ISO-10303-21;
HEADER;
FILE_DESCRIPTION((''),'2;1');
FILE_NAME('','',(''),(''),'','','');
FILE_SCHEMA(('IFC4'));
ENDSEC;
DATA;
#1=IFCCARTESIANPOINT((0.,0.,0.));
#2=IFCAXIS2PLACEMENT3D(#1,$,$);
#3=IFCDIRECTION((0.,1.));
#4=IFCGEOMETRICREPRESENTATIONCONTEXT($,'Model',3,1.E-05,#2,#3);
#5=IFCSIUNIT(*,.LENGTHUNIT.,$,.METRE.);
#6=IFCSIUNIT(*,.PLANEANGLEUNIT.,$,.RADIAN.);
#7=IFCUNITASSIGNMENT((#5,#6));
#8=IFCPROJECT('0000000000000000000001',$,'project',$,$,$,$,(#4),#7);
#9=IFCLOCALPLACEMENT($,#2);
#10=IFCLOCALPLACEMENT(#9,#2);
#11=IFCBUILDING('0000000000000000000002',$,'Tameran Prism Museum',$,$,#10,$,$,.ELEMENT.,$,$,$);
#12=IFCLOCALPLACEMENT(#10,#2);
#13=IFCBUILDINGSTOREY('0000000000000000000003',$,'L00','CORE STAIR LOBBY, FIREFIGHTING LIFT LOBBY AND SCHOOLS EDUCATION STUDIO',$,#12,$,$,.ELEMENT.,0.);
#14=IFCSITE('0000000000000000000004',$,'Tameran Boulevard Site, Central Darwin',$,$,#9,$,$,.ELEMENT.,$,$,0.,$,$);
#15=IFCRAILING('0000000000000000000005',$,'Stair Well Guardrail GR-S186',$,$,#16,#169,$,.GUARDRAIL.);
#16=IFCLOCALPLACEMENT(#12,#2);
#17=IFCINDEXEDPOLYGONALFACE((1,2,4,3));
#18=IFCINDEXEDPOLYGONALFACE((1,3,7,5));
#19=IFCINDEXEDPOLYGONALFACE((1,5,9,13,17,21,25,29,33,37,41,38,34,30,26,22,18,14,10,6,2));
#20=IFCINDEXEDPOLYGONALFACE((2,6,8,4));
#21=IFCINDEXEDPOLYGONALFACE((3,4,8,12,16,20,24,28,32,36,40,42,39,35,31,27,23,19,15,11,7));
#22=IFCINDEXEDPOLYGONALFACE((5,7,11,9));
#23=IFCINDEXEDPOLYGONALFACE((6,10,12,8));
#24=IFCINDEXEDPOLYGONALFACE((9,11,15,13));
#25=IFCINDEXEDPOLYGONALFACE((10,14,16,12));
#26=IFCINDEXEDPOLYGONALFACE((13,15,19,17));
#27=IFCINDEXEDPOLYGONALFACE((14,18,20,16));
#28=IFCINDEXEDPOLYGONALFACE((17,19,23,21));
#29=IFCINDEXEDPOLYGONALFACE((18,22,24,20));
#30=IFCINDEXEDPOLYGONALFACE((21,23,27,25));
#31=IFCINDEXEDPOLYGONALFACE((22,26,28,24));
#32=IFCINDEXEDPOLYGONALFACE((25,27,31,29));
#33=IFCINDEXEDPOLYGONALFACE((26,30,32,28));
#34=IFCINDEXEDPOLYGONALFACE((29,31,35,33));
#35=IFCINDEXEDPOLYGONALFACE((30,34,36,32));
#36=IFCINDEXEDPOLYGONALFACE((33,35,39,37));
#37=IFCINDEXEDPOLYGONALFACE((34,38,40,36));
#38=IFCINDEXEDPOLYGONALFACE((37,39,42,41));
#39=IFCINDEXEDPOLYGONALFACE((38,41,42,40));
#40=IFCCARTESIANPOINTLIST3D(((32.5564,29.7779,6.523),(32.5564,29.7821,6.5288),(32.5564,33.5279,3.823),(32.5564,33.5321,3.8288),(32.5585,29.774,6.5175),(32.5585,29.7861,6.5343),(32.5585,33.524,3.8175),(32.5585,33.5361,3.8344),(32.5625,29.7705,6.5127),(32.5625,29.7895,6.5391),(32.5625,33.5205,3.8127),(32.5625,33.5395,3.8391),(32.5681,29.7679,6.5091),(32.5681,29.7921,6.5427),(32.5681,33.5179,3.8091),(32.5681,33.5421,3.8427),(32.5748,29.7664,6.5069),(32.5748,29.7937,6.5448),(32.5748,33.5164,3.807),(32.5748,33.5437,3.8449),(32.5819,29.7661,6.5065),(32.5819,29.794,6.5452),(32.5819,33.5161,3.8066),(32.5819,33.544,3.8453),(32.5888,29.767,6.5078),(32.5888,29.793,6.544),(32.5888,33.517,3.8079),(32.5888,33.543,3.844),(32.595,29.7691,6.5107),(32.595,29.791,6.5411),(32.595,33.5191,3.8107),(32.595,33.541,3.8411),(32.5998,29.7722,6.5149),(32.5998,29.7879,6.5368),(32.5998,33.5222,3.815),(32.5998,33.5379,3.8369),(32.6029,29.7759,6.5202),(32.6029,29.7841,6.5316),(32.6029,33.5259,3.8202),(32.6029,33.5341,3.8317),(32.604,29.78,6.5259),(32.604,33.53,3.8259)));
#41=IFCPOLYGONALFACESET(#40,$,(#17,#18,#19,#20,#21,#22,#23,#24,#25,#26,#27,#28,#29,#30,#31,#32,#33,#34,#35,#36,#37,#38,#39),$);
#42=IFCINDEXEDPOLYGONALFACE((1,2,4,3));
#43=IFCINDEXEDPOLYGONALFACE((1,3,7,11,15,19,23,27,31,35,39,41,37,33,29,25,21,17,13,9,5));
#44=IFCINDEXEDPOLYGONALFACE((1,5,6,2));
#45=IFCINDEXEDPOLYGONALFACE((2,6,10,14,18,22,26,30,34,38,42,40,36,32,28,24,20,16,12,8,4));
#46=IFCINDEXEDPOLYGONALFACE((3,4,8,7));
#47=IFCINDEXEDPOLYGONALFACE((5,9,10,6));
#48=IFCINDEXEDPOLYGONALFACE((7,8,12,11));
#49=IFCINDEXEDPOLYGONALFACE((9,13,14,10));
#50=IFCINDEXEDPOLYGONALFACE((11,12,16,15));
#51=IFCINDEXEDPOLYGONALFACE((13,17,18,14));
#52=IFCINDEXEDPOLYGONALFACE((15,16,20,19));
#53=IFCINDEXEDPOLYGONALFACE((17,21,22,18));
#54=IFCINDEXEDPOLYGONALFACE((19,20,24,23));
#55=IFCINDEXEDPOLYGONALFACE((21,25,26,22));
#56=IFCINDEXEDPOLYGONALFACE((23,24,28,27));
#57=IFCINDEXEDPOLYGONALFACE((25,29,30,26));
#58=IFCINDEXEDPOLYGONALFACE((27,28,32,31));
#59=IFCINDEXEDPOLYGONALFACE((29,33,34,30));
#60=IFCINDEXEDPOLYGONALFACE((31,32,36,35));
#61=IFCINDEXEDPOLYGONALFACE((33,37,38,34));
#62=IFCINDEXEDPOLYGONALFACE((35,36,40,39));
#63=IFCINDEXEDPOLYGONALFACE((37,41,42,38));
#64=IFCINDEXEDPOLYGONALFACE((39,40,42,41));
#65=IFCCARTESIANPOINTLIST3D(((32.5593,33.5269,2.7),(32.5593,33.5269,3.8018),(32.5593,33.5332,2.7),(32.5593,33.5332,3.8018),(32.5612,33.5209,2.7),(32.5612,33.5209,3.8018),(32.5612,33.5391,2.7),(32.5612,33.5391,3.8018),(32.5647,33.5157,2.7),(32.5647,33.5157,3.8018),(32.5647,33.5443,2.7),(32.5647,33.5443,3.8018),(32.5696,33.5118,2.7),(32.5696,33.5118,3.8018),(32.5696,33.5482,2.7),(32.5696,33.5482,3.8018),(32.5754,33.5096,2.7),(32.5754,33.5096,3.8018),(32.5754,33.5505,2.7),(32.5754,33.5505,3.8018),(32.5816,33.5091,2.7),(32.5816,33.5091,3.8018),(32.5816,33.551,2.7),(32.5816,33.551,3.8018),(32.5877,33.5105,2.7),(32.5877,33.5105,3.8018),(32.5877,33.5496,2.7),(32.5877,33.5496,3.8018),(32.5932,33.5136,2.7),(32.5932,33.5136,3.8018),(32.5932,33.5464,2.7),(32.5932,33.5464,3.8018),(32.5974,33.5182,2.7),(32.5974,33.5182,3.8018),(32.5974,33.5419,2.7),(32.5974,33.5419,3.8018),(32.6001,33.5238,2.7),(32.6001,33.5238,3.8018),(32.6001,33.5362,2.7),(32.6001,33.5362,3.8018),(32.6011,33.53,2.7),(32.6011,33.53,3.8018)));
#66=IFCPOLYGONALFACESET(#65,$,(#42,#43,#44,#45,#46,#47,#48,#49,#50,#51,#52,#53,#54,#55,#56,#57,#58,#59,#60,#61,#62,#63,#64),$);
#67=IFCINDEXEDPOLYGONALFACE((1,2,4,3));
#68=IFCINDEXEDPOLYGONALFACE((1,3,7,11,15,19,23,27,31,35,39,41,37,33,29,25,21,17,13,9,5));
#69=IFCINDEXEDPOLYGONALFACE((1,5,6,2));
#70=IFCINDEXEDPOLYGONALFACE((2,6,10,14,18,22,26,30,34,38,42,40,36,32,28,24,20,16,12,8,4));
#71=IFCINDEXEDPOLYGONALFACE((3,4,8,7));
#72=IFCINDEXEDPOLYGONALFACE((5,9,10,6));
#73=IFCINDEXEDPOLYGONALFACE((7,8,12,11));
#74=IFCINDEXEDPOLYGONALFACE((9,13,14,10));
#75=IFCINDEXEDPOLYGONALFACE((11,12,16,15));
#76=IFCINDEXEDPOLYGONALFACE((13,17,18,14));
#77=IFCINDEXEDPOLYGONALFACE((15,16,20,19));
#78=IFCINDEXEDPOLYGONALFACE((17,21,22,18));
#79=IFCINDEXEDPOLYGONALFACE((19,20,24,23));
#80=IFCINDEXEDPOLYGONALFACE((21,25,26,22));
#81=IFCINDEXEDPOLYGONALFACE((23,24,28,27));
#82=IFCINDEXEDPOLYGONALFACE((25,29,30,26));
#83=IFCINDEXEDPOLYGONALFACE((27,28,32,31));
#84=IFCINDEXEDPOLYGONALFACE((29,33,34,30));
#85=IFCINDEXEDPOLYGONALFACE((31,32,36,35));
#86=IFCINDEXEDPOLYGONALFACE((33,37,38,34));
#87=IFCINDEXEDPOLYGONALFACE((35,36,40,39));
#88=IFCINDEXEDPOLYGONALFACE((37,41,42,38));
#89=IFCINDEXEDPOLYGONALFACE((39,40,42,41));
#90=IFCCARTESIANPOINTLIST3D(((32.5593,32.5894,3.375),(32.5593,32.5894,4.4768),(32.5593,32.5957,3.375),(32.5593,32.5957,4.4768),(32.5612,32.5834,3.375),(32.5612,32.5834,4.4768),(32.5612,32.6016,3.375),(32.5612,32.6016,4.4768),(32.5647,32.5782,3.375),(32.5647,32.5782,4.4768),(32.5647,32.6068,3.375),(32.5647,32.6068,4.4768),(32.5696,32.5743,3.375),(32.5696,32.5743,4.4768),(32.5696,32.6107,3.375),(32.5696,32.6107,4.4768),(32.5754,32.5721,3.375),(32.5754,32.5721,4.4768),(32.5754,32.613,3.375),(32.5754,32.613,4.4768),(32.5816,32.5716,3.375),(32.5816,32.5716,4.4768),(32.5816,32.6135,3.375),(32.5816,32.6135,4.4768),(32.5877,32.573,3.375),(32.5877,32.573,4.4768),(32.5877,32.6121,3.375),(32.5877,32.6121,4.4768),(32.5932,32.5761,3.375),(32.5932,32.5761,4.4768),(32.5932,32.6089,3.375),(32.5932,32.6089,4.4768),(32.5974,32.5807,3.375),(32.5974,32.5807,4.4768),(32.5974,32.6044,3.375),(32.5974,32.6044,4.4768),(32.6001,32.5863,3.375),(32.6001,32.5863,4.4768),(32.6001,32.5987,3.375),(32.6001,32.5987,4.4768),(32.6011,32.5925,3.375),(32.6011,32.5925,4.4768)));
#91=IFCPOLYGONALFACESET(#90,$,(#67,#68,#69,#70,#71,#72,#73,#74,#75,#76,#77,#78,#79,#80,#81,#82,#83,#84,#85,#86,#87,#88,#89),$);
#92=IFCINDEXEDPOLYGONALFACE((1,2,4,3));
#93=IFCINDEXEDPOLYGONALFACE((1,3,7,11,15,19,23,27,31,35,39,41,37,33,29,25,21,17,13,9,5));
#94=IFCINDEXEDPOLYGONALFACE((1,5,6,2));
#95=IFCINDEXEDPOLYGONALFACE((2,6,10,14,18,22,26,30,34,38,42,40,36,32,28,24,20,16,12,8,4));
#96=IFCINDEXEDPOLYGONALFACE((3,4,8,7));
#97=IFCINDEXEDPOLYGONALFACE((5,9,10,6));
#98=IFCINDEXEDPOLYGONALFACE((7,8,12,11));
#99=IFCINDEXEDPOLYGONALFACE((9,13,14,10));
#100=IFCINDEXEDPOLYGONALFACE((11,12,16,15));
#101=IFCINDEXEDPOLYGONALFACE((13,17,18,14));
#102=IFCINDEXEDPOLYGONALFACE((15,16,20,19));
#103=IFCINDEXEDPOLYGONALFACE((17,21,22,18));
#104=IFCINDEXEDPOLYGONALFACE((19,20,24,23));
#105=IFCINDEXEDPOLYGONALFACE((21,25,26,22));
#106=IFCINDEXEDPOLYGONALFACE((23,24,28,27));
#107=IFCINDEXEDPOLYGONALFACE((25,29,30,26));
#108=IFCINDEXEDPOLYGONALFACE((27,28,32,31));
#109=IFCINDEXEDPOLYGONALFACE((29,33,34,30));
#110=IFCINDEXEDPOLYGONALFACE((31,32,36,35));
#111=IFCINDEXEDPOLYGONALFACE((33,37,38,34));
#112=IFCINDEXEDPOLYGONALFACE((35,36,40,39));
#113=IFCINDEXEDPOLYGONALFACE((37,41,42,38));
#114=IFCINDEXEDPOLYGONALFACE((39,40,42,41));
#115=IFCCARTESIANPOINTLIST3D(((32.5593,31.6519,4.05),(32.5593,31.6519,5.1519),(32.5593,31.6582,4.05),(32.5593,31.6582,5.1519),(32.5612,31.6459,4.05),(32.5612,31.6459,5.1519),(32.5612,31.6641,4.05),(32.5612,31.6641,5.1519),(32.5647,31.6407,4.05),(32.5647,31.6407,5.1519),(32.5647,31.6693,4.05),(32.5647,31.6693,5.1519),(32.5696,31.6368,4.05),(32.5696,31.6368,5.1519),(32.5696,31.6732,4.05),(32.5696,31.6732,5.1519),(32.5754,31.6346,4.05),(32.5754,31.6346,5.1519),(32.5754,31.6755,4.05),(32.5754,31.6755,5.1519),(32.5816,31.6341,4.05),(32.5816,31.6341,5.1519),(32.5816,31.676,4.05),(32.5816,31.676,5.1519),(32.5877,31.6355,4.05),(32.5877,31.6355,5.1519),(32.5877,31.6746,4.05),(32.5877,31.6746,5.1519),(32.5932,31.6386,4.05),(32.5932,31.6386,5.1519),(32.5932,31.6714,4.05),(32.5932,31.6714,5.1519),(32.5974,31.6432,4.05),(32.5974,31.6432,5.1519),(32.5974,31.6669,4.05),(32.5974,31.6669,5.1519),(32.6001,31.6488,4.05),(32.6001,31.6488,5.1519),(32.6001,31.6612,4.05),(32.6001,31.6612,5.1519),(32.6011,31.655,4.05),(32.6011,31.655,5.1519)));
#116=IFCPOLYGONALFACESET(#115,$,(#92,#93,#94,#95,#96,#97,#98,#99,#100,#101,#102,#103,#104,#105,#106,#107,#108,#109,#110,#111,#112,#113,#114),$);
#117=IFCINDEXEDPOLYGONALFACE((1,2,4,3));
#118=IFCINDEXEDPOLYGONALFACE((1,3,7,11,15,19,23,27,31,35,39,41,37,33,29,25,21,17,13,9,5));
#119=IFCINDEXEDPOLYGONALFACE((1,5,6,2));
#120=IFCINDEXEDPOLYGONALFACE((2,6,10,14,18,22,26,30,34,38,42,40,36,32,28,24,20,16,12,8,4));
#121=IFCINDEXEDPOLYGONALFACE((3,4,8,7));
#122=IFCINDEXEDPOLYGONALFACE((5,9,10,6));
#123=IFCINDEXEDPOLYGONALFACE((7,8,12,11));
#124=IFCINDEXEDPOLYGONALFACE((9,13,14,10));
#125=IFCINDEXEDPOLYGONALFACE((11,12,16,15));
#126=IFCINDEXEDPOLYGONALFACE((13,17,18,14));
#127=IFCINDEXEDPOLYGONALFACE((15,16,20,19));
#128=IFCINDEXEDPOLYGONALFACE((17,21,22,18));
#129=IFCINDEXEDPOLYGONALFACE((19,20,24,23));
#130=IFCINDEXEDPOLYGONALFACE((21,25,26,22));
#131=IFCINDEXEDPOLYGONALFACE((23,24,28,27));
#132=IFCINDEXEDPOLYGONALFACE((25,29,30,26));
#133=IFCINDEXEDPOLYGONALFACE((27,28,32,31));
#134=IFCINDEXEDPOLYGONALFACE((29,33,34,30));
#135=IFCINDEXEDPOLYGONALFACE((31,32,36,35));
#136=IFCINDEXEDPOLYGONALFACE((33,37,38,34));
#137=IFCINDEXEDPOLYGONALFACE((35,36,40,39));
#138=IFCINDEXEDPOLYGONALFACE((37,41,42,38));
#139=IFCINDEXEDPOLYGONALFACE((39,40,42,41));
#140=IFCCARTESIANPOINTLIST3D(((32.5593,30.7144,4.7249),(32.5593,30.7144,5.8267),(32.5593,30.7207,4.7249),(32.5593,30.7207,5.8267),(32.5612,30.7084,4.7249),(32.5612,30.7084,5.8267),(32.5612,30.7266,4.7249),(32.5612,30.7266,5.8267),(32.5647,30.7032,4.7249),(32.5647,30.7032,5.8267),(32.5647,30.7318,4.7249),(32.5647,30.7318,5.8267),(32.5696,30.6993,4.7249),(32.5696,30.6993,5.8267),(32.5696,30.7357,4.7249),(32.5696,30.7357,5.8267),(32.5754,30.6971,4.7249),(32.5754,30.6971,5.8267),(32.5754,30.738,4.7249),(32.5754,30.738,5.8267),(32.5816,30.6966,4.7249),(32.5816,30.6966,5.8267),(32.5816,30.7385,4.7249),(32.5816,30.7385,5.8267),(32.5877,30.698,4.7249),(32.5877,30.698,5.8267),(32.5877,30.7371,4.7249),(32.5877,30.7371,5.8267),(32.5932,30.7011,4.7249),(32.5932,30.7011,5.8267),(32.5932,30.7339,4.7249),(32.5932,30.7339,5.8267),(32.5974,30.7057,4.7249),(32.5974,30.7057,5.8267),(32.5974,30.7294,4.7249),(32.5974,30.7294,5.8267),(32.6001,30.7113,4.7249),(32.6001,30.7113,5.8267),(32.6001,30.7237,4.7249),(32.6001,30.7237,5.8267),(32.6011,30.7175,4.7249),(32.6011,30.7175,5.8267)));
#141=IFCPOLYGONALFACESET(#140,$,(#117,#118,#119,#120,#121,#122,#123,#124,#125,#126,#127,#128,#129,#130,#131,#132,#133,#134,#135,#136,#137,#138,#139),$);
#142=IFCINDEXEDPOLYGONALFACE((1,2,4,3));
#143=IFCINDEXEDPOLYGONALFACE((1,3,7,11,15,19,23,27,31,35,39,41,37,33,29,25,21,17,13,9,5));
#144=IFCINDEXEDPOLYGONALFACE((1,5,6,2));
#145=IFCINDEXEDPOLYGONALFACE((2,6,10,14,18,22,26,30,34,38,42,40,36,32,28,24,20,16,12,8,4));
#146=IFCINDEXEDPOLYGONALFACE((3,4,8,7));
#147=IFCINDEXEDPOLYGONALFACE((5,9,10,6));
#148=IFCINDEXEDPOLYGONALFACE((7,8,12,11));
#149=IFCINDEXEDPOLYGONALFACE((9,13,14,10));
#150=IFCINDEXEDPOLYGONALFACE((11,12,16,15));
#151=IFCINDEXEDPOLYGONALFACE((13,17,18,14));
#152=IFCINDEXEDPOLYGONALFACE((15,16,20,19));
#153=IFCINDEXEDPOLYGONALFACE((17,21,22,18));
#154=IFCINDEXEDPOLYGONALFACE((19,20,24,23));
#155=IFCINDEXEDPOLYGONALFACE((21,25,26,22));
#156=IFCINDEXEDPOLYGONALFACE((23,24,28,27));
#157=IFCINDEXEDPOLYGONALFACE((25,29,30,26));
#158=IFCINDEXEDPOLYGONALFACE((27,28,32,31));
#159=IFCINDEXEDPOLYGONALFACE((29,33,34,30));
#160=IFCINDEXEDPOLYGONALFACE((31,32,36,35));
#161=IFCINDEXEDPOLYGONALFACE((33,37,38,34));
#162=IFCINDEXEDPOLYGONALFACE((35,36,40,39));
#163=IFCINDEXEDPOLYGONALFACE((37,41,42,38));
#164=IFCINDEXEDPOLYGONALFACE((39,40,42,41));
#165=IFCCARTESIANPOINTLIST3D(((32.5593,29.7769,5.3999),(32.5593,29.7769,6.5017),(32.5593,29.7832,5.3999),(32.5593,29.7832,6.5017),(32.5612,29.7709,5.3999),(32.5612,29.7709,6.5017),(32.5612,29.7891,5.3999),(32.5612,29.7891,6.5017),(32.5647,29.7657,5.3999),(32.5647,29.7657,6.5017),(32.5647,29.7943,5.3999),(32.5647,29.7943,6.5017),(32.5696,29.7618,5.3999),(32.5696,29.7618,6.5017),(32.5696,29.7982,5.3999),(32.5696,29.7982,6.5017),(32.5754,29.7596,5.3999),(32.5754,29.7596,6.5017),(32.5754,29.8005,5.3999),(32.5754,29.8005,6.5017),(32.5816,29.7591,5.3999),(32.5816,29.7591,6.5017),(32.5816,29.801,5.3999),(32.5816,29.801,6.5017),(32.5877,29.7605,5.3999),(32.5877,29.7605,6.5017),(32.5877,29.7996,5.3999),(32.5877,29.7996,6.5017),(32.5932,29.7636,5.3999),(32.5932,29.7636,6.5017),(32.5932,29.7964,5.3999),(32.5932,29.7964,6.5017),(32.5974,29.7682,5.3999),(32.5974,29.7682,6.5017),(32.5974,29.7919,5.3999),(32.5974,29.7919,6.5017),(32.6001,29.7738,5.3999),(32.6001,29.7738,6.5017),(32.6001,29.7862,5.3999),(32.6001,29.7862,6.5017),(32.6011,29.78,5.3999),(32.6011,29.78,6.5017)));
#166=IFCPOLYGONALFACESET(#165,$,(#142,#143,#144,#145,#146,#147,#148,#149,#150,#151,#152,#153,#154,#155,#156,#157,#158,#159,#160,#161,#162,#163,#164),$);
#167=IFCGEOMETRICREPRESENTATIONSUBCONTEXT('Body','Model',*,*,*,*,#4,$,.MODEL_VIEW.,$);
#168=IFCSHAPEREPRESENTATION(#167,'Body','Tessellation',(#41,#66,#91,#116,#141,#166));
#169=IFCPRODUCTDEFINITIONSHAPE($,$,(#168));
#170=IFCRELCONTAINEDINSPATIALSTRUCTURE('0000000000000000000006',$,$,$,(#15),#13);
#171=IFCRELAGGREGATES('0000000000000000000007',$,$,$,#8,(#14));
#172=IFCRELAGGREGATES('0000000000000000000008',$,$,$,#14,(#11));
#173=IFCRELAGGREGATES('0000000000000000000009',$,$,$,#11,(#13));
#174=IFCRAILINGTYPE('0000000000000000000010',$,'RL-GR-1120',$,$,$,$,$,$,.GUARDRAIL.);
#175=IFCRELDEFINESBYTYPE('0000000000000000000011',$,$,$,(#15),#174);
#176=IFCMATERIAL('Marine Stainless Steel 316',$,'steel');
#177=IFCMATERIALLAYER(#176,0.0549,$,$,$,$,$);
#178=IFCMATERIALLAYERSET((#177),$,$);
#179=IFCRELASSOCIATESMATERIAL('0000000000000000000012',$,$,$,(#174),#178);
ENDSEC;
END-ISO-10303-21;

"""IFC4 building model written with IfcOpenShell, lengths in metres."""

from ifc_helpers import new_model, si_unit, direction, frame, origin, origin_2d, place, context, subcontext, project, spatial, circle, extrude, material, layer, layer_set, type_object, element, save


model = new_model("IFC4")

# Units and contexts
model_context = context("Model", 3, precision=1e-05, world=origin(), true_north=direction((0.0, 1.0)))
body_context = subcontext(model_context, "Body", "Model", "MODEL_VIEW")
ifc_project = project(units=[si_unit("LENGTHUNIT", "METRE"), si_unit("PLANEANGLEUNIT", "RADIAN")], contexts=[model_context])

# Site, building, storey
site_placement = place(None, origin())
site = spatial("IfcSite", under=ifc_project, at=site_placement, Name="Tameran Boulevard Site, Central Darwin", CompositionType="ELEMENT", RefElevation=0.0)
building_placement = place(site_placement, origin())
building = spatial("IfcBuilding", under=site, at=building_placement, Name="Tameran Prism Museum", CompositionType="ELEMENT")
storey_placement = place(building_placement, origin())
storey = spatial("IfcBuildingStorey", under=building, at=storey_placement, Name="L00", Description="CORE STAIR LOBBY, FIREFIGHTING LIFT LOBBY AND SCHOOLS EDUCATION STUDIO", CompositionType="ELEMENT", Elevation=0.0)

# Railing
ifc_material_1 = material(Name="Marine Stainless Steel 316", Category="steel")
ifc_layer_1 = layer(ifc_material_1, 0.0549)
ifc_layer_set_1 = layer_set([ifc_layer_1])
railing_type_1 = type_object("IfcRailingType", Name="RL-GR-1120", PredefinedType="GUARDRAIL", material=ifc_layer_set_1)
railing_1_placement = place(storey_placement, frame((32.5801, 33.53, 2.7)))
element("IfcRailing", 1, at=railing_1_placement, inside=storey, type_object=railing_type_1, Name="Stair Well Guardrail GR-S186", PredefinedType="GUARDRAIL", context=body_context, shape_type="SweptSolid", body=[
    extrude(circle(Radius=0.0239, at=origin_2d()), frame((0.0, 0.0, 1.126), z_axis=(0.0, -0.811539, 0.584298), x_axis=(1.0, 0.0, 0.0)), (0.0, 0.0, 1.0), 4.6208),
    extrude(circle(Radius=0.021, at=origin_2d()), origin(), (0.0, 0.0, 1.0), 1.1018),
    extrude(circle(Radius=0.021, at=origin_2d()), frame((0.0, -0.9375, 0.675)), (0.0, 0.0, 1.0), 1.1018),
    extrude(circle(Radius=0.021, at=origin_2d()), frame((0.0, -1.875, 1.3501)), (0.0, 0.0, 1.0), 1.1018),
    extrude(circle(Radius=0.021, at=origin_2d()), frame((0.0, -2.8125, 2.0249)), (0.0, 0.0, 1.0), 1.1018),
    extrude(circle(Radius=0.021, at=origin_2d()), frame((0.0, -3.75, 2.7)), (0.0, 0.0, 1.0), 1.1018),
])

save(model, "model.ifc")
